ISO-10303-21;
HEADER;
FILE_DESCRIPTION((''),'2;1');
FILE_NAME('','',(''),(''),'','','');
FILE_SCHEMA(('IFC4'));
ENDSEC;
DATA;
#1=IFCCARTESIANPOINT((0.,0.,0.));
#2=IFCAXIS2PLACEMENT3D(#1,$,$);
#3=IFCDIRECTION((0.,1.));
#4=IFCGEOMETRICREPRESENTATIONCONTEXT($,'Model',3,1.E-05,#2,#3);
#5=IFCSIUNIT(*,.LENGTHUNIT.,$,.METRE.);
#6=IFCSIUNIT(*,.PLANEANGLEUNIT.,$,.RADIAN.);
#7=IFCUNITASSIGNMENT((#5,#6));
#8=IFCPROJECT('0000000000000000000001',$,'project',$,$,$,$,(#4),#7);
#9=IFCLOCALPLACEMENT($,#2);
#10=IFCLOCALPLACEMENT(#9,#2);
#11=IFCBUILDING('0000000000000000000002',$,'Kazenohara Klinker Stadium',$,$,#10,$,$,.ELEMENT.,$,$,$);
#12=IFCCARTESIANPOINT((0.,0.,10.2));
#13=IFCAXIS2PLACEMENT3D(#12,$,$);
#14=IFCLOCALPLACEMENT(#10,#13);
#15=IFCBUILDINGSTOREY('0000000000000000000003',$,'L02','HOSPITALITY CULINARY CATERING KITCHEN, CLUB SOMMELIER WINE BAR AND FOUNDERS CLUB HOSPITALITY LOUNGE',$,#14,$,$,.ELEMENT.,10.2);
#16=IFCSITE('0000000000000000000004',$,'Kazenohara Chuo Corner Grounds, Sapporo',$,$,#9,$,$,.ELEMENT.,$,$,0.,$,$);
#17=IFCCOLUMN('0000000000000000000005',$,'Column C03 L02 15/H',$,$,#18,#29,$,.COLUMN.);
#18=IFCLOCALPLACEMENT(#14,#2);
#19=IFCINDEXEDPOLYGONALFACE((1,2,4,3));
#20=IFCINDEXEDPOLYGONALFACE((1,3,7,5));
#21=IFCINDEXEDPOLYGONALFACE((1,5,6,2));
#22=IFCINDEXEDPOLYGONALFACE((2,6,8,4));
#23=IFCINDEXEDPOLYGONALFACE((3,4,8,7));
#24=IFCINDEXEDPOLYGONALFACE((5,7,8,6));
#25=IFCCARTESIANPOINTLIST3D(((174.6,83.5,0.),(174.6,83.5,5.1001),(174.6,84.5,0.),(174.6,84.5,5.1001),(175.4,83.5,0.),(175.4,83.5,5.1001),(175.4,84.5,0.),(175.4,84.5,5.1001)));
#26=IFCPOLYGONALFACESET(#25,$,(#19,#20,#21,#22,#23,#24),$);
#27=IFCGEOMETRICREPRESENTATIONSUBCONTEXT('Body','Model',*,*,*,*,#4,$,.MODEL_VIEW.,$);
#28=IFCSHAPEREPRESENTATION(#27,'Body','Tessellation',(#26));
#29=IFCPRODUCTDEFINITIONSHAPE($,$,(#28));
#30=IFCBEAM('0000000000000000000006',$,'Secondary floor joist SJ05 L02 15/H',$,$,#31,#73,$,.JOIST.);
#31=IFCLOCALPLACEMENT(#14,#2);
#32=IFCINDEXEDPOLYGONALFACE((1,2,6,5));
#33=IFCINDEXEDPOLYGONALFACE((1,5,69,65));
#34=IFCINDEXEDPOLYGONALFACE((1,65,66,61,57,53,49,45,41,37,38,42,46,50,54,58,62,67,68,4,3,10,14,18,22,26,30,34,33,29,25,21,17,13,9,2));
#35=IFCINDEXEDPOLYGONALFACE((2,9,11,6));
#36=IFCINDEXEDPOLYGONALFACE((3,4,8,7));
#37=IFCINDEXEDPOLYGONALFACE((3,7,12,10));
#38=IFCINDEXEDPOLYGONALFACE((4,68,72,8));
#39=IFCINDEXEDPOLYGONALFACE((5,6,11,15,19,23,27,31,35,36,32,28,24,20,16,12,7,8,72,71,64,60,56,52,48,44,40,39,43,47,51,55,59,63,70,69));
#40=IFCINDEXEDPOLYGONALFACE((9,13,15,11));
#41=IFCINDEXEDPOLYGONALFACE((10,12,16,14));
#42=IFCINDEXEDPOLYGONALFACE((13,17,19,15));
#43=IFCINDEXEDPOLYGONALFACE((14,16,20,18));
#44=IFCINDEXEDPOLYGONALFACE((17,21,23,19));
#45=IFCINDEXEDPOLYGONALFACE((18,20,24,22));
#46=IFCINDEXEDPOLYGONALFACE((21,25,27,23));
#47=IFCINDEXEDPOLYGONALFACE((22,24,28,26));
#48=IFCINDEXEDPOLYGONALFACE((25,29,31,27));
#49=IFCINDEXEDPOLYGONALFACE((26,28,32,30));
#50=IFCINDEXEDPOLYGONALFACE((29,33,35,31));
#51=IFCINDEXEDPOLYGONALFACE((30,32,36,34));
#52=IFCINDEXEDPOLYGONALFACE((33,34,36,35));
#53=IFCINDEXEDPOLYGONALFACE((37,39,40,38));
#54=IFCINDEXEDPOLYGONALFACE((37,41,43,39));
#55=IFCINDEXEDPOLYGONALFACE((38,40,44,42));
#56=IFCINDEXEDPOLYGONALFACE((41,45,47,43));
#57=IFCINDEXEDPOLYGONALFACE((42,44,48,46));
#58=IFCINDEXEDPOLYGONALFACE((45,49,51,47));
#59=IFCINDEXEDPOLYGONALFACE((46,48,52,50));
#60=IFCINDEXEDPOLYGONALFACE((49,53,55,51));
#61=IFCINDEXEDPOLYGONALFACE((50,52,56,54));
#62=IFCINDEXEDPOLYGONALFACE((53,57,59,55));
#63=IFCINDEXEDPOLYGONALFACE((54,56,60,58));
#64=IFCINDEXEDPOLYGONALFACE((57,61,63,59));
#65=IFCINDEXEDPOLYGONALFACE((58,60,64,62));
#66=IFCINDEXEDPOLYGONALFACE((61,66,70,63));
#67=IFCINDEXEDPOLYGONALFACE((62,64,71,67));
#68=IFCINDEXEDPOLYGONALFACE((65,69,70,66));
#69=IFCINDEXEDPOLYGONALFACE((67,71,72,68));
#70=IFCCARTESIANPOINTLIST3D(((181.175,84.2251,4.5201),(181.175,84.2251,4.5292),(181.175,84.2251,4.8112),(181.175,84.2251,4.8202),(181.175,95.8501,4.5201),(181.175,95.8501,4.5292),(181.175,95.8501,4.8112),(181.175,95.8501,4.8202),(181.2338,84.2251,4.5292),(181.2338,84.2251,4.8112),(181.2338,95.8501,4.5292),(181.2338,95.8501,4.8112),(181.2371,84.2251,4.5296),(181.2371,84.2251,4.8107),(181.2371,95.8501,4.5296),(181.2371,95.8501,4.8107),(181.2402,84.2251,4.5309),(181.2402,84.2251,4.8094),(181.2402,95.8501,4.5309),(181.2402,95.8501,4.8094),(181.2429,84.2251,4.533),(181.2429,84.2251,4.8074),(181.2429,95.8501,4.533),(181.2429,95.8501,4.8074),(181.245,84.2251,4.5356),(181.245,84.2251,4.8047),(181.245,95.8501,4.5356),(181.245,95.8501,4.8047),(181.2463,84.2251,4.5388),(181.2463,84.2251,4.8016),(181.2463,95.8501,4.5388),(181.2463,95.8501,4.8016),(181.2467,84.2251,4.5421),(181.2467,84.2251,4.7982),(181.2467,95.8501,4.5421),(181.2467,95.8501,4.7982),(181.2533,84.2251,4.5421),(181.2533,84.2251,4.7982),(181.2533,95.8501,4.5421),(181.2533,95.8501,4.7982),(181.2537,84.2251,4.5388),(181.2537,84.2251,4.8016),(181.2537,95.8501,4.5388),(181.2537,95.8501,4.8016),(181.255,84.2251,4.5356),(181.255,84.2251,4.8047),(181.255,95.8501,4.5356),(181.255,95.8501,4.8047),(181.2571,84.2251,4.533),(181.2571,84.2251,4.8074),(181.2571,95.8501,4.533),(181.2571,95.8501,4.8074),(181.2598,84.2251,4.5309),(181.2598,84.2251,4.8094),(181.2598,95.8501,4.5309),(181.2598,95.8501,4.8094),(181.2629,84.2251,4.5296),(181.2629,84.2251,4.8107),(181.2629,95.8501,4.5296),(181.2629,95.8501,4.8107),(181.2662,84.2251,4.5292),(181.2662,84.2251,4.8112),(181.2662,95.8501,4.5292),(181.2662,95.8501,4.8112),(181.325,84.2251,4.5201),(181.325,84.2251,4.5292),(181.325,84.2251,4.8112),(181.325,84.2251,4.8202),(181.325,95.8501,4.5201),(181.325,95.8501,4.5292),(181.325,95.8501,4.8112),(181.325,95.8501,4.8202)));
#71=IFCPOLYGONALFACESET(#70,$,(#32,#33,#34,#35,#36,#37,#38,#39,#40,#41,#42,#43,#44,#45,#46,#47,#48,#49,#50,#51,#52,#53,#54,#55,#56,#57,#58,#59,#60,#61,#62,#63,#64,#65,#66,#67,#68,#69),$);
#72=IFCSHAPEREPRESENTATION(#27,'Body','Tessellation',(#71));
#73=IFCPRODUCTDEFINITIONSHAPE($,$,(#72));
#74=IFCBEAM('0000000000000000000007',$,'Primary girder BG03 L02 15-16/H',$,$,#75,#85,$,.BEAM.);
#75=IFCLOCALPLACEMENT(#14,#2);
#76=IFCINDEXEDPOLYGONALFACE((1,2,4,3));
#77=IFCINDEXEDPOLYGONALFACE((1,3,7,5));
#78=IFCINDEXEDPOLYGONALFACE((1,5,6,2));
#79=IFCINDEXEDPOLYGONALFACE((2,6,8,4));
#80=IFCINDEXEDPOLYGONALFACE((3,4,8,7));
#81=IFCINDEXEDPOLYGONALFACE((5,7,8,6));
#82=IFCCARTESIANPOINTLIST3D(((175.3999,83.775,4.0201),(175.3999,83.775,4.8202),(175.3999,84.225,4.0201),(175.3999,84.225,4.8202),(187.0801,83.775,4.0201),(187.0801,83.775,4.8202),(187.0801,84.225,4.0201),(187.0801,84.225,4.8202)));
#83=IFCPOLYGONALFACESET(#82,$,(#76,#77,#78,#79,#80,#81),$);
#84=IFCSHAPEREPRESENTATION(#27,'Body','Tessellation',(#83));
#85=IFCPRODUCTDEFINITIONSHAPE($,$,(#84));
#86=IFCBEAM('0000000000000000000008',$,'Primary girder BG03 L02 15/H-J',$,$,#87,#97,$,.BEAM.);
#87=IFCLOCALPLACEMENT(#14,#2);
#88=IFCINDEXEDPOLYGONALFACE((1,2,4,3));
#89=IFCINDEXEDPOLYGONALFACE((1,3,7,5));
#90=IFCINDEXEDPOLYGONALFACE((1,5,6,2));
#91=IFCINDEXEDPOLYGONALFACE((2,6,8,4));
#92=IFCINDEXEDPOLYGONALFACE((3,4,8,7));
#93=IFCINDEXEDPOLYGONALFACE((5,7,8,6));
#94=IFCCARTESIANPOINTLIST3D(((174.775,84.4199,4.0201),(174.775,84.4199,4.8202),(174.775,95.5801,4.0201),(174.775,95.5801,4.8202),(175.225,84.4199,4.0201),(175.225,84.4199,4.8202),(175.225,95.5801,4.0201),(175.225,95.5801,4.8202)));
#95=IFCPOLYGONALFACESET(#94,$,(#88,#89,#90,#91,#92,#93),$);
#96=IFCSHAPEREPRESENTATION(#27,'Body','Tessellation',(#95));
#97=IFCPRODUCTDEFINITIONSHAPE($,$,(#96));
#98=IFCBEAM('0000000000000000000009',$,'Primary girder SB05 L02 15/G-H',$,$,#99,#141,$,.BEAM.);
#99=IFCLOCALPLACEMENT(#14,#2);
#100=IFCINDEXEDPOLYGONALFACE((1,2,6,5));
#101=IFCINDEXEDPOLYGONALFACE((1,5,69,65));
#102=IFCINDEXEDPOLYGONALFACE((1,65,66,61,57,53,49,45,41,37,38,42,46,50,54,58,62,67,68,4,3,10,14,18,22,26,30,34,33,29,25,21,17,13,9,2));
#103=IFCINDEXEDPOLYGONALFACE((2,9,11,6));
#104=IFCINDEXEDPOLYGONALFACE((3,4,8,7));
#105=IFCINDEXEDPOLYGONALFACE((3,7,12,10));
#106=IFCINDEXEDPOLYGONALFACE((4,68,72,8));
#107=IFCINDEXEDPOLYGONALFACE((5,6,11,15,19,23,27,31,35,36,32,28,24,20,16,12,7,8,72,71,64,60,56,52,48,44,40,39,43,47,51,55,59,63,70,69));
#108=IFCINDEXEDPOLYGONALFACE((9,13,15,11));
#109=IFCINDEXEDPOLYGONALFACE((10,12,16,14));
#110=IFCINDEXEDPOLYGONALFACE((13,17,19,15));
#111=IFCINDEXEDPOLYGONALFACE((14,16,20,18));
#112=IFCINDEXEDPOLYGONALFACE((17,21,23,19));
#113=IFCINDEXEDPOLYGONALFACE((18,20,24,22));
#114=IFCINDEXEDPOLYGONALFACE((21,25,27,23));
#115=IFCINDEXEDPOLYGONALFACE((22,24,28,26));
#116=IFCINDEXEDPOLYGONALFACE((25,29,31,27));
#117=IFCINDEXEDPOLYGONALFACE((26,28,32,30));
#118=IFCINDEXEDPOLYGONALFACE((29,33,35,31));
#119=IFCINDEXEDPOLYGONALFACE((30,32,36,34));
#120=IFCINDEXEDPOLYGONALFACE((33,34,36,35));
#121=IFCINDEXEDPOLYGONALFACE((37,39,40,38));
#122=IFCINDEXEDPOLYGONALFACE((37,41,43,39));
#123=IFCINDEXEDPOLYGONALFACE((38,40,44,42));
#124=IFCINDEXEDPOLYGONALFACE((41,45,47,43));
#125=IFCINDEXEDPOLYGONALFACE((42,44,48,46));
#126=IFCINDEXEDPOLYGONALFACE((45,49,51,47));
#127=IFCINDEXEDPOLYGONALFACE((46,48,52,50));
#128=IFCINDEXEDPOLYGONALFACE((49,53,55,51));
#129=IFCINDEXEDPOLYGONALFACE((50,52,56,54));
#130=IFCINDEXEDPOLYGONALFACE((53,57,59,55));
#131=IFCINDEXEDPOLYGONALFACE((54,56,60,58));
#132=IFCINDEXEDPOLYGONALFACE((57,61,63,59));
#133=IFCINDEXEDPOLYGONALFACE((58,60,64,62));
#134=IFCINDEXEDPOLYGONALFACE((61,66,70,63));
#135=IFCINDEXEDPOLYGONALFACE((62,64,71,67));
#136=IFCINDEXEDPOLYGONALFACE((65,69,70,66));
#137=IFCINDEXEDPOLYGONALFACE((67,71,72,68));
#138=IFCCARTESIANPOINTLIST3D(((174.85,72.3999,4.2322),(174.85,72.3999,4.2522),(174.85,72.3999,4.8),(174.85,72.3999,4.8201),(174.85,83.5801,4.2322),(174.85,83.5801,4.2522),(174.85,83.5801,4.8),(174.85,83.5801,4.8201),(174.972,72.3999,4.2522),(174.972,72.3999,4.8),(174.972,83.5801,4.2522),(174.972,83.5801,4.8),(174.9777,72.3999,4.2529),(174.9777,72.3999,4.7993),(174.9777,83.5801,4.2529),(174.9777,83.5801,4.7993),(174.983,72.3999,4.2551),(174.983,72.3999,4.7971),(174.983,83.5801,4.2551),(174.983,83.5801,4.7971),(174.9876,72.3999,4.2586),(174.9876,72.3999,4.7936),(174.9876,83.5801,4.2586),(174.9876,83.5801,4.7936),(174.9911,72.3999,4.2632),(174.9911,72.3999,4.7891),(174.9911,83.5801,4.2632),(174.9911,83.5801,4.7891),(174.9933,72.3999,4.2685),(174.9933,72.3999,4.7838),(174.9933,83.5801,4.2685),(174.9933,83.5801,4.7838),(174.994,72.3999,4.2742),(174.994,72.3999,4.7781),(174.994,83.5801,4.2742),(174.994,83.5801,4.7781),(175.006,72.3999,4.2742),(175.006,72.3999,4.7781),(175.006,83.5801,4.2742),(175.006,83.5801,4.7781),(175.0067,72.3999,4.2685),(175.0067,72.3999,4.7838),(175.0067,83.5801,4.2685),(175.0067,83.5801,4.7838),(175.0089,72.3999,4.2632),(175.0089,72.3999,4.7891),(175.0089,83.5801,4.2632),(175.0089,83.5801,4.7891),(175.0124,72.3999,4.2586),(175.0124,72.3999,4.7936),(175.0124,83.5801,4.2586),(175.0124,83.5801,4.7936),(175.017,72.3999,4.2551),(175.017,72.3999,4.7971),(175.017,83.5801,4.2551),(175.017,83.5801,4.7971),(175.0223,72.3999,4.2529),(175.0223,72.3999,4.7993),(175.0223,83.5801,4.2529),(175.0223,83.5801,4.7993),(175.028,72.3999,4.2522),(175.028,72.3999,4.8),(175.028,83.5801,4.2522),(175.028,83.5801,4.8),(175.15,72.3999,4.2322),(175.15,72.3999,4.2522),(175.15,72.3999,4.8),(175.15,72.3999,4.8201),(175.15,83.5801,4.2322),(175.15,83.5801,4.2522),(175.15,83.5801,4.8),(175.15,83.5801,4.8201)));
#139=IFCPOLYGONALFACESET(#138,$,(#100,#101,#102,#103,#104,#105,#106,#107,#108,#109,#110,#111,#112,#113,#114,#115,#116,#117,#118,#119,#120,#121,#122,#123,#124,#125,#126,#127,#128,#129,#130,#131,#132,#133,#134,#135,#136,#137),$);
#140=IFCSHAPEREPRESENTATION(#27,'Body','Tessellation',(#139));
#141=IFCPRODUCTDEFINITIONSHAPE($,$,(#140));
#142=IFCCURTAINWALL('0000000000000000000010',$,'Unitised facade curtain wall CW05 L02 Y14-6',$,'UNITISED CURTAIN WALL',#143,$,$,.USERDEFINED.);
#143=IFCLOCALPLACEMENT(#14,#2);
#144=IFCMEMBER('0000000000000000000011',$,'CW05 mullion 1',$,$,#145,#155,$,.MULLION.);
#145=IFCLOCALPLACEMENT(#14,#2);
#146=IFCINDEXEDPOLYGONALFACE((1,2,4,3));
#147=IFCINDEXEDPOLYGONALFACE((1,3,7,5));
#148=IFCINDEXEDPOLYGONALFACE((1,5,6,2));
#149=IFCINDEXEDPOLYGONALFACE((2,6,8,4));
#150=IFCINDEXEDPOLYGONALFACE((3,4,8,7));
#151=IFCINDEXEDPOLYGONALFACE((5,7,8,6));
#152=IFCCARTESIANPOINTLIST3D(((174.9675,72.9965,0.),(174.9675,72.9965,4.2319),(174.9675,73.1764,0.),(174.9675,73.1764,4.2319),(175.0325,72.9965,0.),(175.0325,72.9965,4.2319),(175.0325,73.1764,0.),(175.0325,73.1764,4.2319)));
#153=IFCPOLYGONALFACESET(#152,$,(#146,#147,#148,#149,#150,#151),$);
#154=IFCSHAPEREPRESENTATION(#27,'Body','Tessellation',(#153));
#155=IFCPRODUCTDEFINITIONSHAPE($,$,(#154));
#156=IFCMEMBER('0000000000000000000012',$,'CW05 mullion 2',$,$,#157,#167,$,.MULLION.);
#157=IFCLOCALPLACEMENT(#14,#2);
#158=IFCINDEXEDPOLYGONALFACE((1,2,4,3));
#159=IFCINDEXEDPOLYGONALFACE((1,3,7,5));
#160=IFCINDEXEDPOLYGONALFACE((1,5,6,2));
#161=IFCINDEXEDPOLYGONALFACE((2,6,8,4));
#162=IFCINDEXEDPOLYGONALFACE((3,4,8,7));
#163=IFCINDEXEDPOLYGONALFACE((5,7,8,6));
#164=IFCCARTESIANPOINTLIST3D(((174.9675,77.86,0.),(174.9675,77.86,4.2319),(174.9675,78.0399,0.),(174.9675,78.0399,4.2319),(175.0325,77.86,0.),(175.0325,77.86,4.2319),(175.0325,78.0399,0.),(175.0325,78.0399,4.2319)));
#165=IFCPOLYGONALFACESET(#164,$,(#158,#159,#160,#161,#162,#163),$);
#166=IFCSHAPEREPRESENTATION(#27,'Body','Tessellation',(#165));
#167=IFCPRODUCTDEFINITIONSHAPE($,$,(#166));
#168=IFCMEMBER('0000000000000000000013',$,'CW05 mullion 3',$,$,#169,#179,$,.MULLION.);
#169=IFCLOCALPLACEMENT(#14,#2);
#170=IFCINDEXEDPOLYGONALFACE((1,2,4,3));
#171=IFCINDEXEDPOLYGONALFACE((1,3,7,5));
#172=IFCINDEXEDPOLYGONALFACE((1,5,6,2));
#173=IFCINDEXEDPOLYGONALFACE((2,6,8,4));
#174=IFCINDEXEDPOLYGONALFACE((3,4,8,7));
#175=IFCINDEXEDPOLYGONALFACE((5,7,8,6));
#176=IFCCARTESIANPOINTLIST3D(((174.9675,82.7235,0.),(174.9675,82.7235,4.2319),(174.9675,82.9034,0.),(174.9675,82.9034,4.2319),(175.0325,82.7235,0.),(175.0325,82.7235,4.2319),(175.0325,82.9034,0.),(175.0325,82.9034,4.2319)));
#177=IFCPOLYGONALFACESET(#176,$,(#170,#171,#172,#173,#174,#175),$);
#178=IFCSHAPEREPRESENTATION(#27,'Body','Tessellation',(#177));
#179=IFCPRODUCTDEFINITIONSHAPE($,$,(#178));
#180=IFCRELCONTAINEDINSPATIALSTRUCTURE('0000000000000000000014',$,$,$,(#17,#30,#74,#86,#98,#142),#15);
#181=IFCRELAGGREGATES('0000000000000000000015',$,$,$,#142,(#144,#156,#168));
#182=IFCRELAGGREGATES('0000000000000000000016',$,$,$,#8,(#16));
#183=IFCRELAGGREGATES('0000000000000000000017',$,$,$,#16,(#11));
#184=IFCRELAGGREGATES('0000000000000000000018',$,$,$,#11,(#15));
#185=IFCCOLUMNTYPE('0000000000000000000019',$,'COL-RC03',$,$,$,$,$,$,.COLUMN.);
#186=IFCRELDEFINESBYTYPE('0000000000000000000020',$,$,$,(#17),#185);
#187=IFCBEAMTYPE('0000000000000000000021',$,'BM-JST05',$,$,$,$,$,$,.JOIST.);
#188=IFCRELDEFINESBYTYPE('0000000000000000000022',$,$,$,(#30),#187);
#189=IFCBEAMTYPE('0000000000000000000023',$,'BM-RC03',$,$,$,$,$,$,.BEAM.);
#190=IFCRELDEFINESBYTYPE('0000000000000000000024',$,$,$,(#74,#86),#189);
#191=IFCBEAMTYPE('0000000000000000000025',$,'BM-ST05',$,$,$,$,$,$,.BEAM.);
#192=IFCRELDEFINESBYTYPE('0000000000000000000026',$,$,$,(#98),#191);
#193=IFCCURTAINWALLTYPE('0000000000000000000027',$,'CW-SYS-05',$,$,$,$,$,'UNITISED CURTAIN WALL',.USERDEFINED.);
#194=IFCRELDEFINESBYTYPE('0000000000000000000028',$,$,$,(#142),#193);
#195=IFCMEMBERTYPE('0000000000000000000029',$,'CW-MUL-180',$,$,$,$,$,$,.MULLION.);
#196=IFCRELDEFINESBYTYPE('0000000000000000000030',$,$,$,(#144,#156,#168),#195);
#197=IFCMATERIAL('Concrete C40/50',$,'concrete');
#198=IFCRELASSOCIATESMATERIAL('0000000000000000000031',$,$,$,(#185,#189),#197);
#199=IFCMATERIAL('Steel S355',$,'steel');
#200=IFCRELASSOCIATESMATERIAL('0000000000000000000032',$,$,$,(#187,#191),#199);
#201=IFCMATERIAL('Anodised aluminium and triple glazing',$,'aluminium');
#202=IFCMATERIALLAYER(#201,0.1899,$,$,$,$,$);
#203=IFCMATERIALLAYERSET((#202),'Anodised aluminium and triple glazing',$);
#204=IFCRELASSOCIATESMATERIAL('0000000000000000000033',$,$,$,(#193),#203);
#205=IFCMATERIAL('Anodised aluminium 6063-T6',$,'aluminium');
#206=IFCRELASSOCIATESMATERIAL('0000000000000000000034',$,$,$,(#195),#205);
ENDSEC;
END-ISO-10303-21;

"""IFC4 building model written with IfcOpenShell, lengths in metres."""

from ifc_helpers import new_model, si_unit, direction, frame, origin, origin_2d, place, context, subcontext, project, spatial, rectangle, i_section, extrude, material, layer, layer_set, material_profile, profile_set, type_object, element, aggregate, save


model = new_model("IFC4")

# Units and contexts
model_context = context("Model", 3, precision=1e-05, world=origin(), true_north=direction((0.0, 1.0)))
body_context = subcontext(model_context, "Body", "Model", "MODEL_VIEW")
ifc_project = project(units=[si_unit("LENGTHUNIT", "METRE"), si_unit("PLANEANGLEUNIT", "RADIAN")], contexts=[model_context])

# Site, building, storey
site_placement = place(None, origin())
site = spatial("IfcSite", under=ifc_project, at=site_placement, Name="Kazenohara Chuo Corner Grounds, Sapporo", CompositionType="ELEMENT", RefElevation=0.0)
building_placement = place(site_placement, origin())
building = spatial("IfcBuilding", under=site, at=building_placement, Name="Kazenohara Klinker Stadium", CompositionType="ELEMENT")
storey_placement = place(building_placement, frame((0.0, 0.0, 10.2)))
storey = spatial("IfcBuildingStorey", under=building, at=storey_placement, Name="L02", Description="HOSPITALITY CULINARY CATERING KITCHEN, CLUB SOMMELIER WINE BAR AND FOUNDERS CLUB HOSPITALITY LOUNGE", CompositionType="ELEMENT", Elevation=10.2)

# Column
ifc_material_1 = material(Name="Concrete C40/50", Category="concrete")
ifc_material_profile_1 = material_profile(ifc_material_1, rectangle(XDim=0.8, YDim=1.0, at=origin_2d()), Name="RC-COL-1000x800")
ifc_profile_set_1 = profile_set([ifc_material_profile_1], Name="Concrete C40/50")
column_type = type_object("IfcColumnType", Name="COL-RC03", PredefinedType="COLUMN", material=ifc_profile_set_1)
column_placement = place(storey_placement, frame((175.0, 84.0, 0.0), z_axis=(0.0, 0.0, 1.0), x_axis=(1.0, 0.0, 0.0)))
element("IfcColumn", 1, at=column_placement, inside=storey, type_object=column_type, Name="Column C03 L02 15/H", PredefinedType="COLUMN", context=body_context, shape_type="SweptSolid", body=[
    extrude(rectangle(XDim=0.8, YDim=1.0, at=origin_2d()), origin(), (0.0, 0.0, 1.0), 5.1001),
])

# Beams
ifc_material_2 = material(Name="Steel S355", Category="steel")
ifc_material_profile_2 = material_profile(ifc_material_2, i_section(OverallWidth=0.1499, OverallDepth=0.3, WebThickness=0.0066, FlangeThickness=0.009, FilletRadius=0.0129, at=origin_2d()), Name="H-300x150x6.5x9")
ifc_profile_set_2 = profile_set([ifc_material_profile_2], Name="Steel S355")
beam_type_1 = type_object("IfcBeamType", Name="BM-JST05", PredefinedType="JOIST", material=ifc_profile_set_2)
beam_1_placement = place(storey_placement, frame((181.25, 84.2251, 4.6702), z_axis=(0.0, 1.0, 0.0), x_axis=(-1.0, 0.0, 0.0)))
element("IfcBeam", 2, at=beam_1_placement, inside=storey, type_object=beam_type_1, Name="Secondary floor joist SJ05 L02 15/H", PredefinedType="JOIST", context=body_context, shape_type="SweptSolid", body=[
    extrude(i_section(OverallWidth=0.1499, OverallDepth=0.3, WebThickness=0.0066, FlangeThickness=0.009, FilletRadius=0.0129, at=origin_2d()), origin(), (0.0, 0.0, 1.0), 11.625),
])
ifc_material_profile_3 = material_profile(ifc_material_1, rectangle(XDim=0.45, YDim=0.8, at=origin_2d()), Name="RC-BM-450x800")
ifc_profile_set_3 = profile_set([ifc_material_profile_3], Name="Concrete C40/50")
beam_type_2 = type_object("IfcBeamType", Name="BM-RC03", PredefinedType="BEAM", material=ifc_profile_set_3)
beam_2_placement = place(storey_placement, frame((175.3999, 84.0, 4.4202), z_axis=(1.0, 0.0, 0.0), x_axis=(0.0, 1.0, 0.0)))
element("IfcBeam", 3, at=beam_2_placement, inside=storey, type_object=beam_type_2, Name="Primary girder BG03 L02 15-16/H", PredefinedType="BEAM", context=body_context, shape_type="SweptSolid", body=[
    extrude(rectangle(XDim=0.45, YDim=0.8, at=origin_2d()), origin(), (0.0, 0.0, 1.0), 11.6802),
])
beam_3_placement = place(storey_placement, frame((175.0, 84.4199, 4.4202), z_axis=(0.0, 1.0, 0.0), x_axis=(-1.0, 0.0, 0.0)))
element("IfcBeam", 4, at=beam_3_placement, inside=storey, type_object=beam_type_2, Name="Primary girder BG03 L02 15/H-J", PredefinedType="BEAM", context=body_context, shape_type="SweptSolid", body=[
    extrude(rectangle(XDim=0.45, YDim=0.8, at=origin_2d()), origin(), (0.0, 0.0, 1.0), 11.1602),
])
ifc_material_profile_4 = material_profile(ifc_material_2, i_section(OverallWidth=0.3, OverallDepth=0.5879, WebThickness=0.012, FlangeThickness=0.02, FilletRadius=0.022, at=origin_2d()), Name="H-588x300x12x20")
ifc_profile_set_4 = profile_set([ifc_material_profile_4], Name="Steel S355")
beam_type_3 = type_object("IfcBeamType", Name="BM-ST05", PredefinedType="BEAM", material=ifc_profile_set_4)
beam_4_placement = place(storey_placement, frame((175.0, 72.3999, 4.5261), z_axis=(0.0, 1.0, 0.0), x_axis=(-1.0, 0.0, 0.0)))
element("IfcBeam", 5, at=beam_4_placement, inside=storey, type_object=beam_type_3, Name="Primary girder SB05 L02 15/G-H", PredefinedType="BEAM", context=body_context, shape_type="SweptSolid", body=[
    extrude(i_section(OverallWidth=0.3, OverallDepth=0.5879, WebThickness=0.012, FlangeThickness=0.02, FilletRadius=0.022, at=origin_2d()), origin(), (0.0, 0.0, 1.0), 11.1802),
])

# Curtain wall, members
ifc_material_3 = material(Name="Anodised aluminium and triple glazing", Category="aluminium")
ifc_layer_1 = layer(ifc_material_3, 0.1899)
ifc_layer_set_1 = layer_set([ifc_layer_1], Name="Anodised aluminium and triple glazing")
curtain_wall_type = type_object("IfcCurtainWallType", Name="CW-SYS-05", ElementType="UNITISED CURTAIN WALL", PredefinedType="USERDEFINED", material=ifc_layer_set_1)
curtain_wall_placement = place(storey_placement, origin())
curtain_wall = element("IfcCurtainWall", 6, at=curtain_wall_placement, inside=storey, type_object=curtain_wall_type, Name="Unitised facade curtain wall CW05 L02 Y14-6", ObjectType="UNITISED CURTAIN WALL", PredefinedType="USERDEFINED")
ifc_material_4 = material(Name="Anodised aluminium 6063-T6", Category="aluminium")
ifc_material_profile_5 = material_profile(ifc_material_4, rectangle(XDim=0.0649, YDim=0.1799, at=origin_2d()), Name="ALU-MUL-65x180")
ifc_profile_set_5 = profile_set([ifc_material_profile_5], Name="Anodised aluminium 6063-T6")
member_type_1 = type_object("IfcMemberType", Name="CW-MUL-180", PredefinedType="MULLION", material=ifc_profile_set_5)
member_1_placement = place(storey_placement, frame((175.0, 73.0864, 0.0), z_axis=(0.0, 0.0, 1.0), x_axis=(-1.0, 0.0, 0.0)))
member_1 = element("IfcMember", 7, at=member_1_placement, type_object=member_type_1, Name="CW05 mullion 1", PredefinedType="MULLION", context=body_context, shape_type="SweptSolid", body=[
    extrude(rectangle(XDim=0.0649, YDim=0.1799, at=origin_2d()), origin(), (0.0, 0.0, 1.0), 4.2319),
])
member_2_placement = place(storey_placement, frame((175.0, 77.95, 0.0), z_axis=(0.0, 0.0, 1.0), x_axis=(-1.0, 0.0, 0.0)))
member_2 = element("IfcMember", 8, at=member_2_placement, type_object=member_type_1, Name="CW05 mullion 2", PredefinedType="MULLION", context=body_context, shape_type="SweptSolid", body=[
    extrude(rectangle(XDim=0.0649, YDim=0.1799, at=origin_2d()), origin(), (0.0, 0.0, 1.0), 4.2319),
])
member_3_placement = place(storey_placement, frame((175.0, 82.8135, 0.0), z_axis=(0.0, 0.0, 1.0), x_axis=(-1.0, 0.0, 0.0)))
member_3 = element("IfcMember", 9, at=member_3_placement, type_object=member_type_1, Name="CW05 mullion 3", PredefinedType="MULLION", context=body_context, shape_type="SweptSolid", body=[
    extrude(rectangle(XDim=0.0649, YDim=0.1799, at=origin_2d()), origin(), (0.0, 0.0, 1.0), 4.2319),
])

aggregate(curtain_wall, [member_1, member_2, member_3])

save(model, "model.ifc")
